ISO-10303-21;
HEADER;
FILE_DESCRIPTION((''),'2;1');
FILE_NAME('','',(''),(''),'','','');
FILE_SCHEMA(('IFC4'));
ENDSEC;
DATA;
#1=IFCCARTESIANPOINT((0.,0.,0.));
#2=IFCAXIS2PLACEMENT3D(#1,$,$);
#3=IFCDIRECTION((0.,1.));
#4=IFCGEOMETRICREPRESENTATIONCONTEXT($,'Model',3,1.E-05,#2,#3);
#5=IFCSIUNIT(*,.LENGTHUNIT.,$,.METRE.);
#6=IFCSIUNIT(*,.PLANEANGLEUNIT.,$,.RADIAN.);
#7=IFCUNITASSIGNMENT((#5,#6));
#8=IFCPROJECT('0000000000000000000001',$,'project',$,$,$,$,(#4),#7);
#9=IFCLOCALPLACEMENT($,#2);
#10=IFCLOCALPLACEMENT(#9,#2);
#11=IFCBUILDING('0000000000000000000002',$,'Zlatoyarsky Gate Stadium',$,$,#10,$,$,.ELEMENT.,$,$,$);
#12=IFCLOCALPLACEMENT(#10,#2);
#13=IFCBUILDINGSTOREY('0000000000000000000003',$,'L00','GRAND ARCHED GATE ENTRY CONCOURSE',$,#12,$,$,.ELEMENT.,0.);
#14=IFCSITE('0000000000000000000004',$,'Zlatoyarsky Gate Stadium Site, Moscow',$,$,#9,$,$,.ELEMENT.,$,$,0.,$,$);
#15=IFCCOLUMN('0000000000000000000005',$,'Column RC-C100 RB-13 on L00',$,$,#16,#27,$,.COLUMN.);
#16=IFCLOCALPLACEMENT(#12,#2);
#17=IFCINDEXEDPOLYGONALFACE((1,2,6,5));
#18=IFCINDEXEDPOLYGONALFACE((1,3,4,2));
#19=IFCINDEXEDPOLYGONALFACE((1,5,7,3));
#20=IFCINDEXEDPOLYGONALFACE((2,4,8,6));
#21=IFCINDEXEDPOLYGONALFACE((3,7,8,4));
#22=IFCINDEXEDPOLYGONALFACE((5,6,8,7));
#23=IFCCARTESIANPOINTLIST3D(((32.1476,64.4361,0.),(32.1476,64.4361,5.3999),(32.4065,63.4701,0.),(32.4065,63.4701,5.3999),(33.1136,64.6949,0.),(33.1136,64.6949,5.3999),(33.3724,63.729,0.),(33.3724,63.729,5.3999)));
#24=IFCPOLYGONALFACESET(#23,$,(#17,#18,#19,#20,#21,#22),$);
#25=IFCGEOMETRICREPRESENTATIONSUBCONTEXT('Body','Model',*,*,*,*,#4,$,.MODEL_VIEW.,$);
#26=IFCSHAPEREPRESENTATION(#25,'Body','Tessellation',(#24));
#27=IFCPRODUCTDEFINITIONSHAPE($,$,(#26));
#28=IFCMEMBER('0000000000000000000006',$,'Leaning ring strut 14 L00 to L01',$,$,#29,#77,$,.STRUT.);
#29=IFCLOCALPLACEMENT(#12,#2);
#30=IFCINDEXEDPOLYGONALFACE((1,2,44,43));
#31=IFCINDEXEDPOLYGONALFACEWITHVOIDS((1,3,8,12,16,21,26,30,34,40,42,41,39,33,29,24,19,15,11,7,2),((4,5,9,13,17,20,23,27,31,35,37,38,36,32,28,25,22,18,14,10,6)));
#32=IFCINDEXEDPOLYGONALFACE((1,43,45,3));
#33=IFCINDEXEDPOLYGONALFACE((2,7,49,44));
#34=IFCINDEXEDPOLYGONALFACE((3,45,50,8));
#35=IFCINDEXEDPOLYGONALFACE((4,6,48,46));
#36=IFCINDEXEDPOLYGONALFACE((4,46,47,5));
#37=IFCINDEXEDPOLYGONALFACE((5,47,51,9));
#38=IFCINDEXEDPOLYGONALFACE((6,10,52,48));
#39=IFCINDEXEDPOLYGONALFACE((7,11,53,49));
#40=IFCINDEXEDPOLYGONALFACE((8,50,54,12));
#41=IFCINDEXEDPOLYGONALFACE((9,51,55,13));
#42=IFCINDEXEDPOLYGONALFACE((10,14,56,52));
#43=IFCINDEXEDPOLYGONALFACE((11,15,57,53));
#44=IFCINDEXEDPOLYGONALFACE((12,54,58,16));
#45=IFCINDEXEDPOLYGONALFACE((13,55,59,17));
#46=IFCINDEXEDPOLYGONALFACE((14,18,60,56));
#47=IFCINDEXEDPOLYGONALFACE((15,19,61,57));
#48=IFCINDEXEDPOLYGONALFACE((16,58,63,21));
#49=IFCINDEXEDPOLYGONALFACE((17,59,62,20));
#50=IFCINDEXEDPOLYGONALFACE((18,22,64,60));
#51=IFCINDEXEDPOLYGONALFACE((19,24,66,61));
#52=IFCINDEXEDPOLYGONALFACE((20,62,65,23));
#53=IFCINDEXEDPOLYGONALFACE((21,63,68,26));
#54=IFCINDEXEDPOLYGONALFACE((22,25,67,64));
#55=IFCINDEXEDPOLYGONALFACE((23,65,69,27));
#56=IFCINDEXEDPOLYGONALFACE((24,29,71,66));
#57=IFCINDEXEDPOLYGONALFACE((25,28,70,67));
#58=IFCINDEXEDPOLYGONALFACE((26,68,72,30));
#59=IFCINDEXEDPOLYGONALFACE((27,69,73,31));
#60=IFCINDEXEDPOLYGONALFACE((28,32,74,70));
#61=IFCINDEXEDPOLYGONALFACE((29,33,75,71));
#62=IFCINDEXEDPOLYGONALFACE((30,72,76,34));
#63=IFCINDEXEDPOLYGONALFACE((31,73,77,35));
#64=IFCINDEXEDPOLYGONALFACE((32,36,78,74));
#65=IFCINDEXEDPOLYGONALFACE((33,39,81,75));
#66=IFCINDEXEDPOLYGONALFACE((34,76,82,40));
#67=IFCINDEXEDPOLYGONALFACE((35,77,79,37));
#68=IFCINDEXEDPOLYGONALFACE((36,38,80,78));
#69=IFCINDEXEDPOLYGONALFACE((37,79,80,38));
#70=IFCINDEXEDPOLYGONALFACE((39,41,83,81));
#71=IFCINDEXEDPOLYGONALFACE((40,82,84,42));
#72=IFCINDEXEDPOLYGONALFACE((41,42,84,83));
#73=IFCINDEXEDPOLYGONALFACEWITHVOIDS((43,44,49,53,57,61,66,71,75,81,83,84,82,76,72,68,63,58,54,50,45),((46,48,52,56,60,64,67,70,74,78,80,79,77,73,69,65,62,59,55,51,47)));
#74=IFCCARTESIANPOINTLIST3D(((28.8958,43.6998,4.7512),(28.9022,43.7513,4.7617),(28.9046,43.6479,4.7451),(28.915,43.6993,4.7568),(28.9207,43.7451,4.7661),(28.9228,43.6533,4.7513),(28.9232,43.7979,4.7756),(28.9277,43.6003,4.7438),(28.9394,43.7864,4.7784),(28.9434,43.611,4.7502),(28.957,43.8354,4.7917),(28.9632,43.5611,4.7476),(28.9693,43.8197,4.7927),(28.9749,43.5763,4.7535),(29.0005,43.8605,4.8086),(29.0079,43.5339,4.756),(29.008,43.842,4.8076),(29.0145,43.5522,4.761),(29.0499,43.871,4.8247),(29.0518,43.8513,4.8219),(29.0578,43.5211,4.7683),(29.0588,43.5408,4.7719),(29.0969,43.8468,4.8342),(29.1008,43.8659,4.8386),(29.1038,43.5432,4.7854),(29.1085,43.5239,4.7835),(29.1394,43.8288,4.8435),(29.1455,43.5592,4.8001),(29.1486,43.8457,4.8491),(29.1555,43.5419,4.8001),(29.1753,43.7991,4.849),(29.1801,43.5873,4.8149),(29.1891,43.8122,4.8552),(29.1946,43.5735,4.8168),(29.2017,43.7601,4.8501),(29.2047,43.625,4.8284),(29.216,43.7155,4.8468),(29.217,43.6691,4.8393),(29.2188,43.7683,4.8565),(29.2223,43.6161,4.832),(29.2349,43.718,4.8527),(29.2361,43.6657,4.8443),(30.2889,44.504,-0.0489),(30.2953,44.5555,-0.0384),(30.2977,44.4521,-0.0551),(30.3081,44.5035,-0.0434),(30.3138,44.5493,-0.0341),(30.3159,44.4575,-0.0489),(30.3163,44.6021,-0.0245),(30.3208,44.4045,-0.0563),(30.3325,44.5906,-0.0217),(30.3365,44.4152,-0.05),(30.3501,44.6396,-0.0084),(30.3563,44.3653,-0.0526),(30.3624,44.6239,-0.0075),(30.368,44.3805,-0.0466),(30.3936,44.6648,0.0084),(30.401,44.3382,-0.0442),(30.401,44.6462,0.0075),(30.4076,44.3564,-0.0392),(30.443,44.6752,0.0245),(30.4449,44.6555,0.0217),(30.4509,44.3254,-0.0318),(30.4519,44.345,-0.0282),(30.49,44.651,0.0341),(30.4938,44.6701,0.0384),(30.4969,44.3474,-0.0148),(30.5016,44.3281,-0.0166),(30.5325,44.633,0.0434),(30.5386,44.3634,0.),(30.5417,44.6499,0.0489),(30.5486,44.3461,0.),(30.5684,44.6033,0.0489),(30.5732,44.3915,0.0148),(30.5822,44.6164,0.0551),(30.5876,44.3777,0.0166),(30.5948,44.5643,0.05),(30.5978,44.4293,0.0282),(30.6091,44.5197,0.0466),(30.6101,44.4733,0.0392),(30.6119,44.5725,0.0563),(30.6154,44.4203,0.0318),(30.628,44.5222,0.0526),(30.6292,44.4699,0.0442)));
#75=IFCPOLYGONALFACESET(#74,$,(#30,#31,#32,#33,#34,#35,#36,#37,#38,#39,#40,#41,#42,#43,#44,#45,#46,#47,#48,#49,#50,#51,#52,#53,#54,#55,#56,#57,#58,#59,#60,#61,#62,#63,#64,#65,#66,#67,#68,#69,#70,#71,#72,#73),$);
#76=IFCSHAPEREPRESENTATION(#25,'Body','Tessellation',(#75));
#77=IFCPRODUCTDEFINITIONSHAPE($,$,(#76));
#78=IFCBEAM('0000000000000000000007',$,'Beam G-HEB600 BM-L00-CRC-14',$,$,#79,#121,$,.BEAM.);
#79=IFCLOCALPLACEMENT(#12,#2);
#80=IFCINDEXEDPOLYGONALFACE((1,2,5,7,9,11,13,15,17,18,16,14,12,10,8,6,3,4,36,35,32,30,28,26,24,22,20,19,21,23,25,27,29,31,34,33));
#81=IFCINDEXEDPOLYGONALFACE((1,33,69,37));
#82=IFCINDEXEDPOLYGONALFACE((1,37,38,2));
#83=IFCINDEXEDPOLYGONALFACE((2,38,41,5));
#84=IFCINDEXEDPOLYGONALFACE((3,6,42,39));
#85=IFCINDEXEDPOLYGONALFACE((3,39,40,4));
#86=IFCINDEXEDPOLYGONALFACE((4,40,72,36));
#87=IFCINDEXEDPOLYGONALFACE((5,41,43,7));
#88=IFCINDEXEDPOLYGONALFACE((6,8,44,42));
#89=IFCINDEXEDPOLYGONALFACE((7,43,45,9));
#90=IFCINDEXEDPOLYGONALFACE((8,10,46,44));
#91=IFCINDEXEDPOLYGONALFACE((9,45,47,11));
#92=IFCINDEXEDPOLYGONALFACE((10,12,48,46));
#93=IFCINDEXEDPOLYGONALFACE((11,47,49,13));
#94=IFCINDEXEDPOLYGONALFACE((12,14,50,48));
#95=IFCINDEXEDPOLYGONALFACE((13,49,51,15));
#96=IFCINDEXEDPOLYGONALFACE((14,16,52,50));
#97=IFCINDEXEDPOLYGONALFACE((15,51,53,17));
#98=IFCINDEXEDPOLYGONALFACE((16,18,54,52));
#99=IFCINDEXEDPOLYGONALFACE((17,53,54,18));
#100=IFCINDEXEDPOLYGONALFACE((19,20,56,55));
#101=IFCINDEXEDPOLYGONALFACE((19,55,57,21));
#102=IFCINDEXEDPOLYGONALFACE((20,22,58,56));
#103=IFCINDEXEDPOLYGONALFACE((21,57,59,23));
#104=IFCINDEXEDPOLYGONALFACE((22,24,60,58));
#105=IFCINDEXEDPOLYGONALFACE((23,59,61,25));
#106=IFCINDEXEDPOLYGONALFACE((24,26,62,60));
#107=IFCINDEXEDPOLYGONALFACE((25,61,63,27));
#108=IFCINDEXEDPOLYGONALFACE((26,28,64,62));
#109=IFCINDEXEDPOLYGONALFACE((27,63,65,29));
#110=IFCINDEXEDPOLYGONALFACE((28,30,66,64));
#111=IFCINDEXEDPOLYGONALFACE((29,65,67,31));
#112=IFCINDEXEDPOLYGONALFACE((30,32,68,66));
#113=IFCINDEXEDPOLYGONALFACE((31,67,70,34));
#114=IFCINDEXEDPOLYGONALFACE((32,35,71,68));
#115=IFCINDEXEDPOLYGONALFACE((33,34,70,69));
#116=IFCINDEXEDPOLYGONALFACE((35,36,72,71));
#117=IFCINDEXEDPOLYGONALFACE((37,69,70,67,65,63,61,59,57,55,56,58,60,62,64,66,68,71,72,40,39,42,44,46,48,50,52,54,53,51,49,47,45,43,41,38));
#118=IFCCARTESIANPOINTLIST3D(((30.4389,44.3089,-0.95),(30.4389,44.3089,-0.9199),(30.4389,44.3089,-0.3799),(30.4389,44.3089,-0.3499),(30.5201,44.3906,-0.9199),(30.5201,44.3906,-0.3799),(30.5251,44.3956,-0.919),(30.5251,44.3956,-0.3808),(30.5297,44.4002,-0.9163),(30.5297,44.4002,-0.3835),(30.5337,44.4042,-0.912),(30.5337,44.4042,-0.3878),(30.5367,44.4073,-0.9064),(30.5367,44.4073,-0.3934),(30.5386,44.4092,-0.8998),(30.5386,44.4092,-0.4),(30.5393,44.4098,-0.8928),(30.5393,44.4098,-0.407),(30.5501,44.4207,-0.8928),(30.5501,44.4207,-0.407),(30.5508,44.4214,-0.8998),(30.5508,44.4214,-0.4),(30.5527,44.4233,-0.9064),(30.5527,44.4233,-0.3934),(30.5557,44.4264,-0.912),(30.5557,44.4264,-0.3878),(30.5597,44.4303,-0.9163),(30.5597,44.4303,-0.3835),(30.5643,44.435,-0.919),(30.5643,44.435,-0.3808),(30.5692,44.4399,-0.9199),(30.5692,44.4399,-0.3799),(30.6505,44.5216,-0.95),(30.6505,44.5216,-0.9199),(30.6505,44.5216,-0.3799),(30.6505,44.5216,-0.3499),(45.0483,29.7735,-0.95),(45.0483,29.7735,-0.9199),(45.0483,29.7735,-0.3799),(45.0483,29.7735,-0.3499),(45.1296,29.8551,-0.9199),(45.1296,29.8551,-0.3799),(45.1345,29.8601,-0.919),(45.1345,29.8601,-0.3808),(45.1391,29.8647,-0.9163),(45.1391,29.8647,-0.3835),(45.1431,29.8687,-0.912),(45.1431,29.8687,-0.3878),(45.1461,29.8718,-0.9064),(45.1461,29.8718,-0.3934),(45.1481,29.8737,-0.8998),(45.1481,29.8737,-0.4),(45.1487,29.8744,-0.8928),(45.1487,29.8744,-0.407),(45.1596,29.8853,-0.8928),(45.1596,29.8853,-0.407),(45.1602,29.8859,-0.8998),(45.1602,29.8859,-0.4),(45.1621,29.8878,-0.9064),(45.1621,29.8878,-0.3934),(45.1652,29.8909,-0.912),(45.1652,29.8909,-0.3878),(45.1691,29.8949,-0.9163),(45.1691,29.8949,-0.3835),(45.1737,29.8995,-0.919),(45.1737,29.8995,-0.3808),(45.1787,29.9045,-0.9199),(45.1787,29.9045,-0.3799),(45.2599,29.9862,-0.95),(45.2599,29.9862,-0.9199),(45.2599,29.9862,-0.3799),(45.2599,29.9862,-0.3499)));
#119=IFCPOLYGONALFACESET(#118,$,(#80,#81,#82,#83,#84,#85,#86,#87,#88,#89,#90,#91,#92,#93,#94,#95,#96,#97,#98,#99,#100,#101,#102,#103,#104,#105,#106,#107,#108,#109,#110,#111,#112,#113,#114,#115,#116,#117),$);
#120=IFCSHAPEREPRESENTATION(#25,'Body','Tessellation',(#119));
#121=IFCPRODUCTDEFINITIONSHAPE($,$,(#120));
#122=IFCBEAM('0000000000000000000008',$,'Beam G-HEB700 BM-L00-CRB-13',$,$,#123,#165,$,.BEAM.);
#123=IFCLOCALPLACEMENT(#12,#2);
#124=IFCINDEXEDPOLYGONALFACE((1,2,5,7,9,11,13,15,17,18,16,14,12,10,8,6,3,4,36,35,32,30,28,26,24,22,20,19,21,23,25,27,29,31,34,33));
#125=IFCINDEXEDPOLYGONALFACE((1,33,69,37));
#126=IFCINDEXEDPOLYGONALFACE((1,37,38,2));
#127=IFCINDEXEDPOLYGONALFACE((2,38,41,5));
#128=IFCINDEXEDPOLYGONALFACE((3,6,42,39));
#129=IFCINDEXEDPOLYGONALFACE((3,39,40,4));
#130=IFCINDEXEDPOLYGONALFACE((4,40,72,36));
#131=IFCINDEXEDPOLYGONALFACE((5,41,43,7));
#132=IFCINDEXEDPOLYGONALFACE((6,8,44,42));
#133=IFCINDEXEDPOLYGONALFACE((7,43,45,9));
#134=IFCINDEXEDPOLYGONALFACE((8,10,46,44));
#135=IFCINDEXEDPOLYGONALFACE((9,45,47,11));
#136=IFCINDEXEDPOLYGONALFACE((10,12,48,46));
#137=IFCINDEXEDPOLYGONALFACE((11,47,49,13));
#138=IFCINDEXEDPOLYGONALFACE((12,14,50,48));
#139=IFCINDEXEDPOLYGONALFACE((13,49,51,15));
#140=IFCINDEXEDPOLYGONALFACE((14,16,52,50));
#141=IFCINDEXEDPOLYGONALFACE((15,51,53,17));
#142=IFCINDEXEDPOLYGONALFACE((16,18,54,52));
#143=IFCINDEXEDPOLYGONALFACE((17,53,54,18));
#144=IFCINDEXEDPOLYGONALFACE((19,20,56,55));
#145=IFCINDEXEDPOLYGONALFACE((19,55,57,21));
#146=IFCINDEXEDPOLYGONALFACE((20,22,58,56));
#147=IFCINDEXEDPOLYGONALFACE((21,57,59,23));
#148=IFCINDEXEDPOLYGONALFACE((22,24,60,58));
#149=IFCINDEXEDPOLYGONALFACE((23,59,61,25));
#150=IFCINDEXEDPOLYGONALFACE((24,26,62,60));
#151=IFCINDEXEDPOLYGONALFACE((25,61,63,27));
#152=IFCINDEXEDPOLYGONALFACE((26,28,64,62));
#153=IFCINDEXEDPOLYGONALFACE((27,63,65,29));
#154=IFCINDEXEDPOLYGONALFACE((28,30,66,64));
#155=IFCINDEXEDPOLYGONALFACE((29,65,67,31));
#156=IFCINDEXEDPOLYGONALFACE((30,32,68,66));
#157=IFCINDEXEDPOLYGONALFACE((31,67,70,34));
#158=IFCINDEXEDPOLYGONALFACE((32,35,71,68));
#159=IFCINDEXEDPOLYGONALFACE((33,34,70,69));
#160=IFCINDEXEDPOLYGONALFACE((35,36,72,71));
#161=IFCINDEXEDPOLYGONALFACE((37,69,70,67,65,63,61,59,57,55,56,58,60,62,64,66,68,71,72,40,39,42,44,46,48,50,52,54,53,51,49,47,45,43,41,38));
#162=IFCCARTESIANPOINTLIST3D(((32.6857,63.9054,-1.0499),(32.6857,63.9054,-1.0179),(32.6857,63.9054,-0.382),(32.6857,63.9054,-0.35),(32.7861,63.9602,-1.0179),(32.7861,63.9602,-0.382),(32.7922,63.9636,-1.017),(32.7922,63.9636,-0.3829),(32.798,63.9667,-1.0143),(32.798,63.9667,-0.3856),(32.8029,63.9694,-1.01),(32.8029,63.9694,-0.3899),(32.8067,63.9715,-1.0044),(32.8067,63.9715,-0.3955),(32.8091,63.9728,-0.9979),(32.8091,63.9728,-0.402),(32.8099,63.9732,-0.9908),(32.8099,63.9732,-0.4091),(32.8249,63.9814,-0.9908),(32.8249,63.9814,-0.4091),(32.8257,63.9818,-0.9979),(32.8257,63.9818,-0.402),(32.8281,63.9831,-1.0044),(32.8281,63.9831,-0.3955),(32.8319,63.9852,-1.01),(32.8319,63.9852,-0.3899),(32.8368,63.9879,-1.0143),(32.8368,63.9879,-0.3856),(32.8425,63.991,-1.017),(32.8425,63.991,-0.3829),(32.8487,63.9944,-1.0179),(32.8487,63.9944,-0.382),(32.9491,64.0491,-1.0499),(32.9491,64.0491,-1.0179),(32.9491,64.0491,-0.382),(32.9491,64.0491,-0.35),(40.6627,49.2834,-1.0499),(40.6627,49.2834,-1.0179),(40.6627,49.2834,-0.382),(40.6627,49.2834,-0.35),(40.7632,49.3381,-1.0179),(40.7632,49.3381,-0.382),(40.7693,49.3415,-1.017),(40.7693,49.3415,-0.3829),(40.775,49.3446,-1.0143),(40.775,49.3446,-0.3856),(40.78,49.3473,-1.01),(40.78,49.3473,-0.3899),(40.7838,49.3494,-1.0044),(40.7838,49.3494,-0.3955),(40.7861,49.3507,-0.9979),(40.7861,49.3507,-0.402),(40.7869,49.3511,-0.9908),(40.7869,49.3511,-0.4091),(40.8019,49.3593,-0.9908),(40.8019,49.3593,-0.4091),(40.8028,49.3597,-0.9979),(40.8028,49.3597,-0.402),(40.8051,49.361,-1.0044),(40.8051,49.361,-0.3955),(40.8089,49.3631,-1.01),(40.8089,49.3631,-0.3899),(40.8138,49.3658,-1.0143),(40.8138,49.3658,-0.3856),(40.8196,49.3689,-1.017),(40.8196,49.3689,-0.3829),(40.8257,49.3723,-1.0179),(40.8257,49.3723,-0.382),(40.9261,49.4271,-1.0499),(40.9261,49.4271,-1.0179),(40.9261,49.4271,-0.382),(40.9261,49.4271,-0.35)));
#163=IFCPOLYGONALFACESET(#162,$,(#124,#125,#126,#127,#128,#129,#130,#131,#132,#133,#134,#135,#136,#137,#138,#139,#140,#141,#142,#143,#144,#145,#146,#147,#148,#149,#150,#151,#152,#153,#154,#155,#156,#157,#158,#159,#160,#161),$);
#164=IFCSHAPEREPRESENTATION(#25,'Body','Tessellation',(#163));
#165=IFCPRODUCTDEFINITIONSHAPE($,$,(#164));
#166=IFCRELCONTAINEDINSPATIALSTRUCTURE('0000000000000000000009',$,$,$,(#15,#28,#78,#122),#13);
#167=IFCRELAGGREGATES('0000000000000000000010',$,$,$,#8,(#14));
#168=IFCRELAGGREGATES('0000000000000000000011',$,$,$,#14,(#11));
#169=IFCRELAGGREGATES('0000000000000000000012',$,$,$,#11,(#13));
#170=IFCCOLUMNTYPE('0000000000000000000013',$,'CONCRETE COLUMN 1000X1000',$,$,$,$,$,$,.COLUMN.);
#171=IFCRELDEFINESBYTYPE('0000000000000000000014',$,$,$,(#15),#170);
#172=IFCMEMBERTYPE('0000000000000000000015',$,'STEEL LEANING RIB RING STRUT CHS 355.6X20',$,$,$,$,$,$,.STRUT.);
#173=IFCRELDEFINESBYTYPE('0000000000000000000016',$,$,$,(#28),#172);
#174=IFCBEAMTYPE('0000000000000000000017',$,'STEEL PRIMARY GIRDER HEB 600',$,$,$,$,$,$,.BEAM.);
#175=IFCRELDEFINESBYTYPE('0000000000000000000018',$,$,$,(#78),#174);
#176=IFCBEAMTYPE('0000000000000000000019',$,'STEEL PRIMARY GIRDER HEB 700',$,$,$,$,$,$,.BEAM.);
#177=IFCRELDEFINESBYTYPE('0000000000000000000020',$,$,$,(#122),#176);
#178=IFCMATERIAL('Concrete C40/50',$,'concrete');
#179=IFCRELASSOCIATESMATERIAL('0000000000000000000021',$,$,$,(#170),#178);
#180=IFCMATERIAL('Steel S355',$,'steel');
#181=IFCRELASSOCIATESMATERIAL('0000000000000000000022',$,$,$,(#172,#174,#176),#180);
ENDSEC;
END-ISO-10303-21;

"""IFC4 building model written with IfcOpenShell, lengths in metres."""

from ifc_helpers import new_model, si_unit, direction, frame, origin, origin_2d, place, context, subcontext, project, spatial, rectangle, hollow_circle, i_section, extrude, material, material_profile, profile_set, type_object, element, save


model = new_model("IFC4")

# Units and contexts
model_context = context("Model", 3, precision=1e-05, world=origin(), true_north=direction((0.0, 1.0)))
body_context = subcontext(model_context, "Body", "Model", "MODEL_VIEW")
ifc_project = project(units=[si_unit("LENGTHUNIT", "METRE"), si_unit("PLANEANGLEUNIT", "RADIAN")], contexts=[model_context])

# Site, building, storey
site_placement = place(None, origin())
site = spatial("IfcSite", under=ifc_project, at=site_placement, Name="Zlatoyarsky Gate Stadium Site, Moscow", CompositionType="ELEMENT", RefElevation=0.0)
building_placement = place(site_placement, origin())
building = spatial("IfcBuilding", under=site, at=building_placement, Name="Zlatoyarsky Gate Stadium", CompositionType="ELEMENT")
storey_placement = place(building_placement, origin())
storey = spatial("IfcBuildingStorey", under=building, at=storey_placement, Name="L00", Description="GRAND ARCHED GATE ENTRY CONCOURSE", CompositionType="ELEMENT", Elevation=0.0)

# Column
ifc_material_1 = material(Name="Concrete C40/50", Category="concrete")
ifc_material_profile_1 = material_profile(ifc_material_1, rectangle(XDim=1.0, YDim=1.0, at=origin_2d()), Name="RC COL 1000X1000")
ifc_profile_set_1 = profile_set([ifc_material_profile_1], Name="Concrete C40/50")
column_type_1 = type_object("IfcColumnType", Name="CONCRETE COLUMN 1000X1000", PredefinedType="COLUMN", material=ifc_profile_set_1)
column_1_placement = place(storey_placement, frame((32.76, 64.0825, 0.0), z_axis=(0.0, 0.0, 1.0), x_axis=(-0.965926, -0.258819, 0.0)))
element("IfcColumn", 1, at=column_1_placement, inside=storey, type_object=column_type_1, Name="Column RC-C100 RB-13 on L00", PredefinedType="COLUMN", context=body_context, shape_type="SweptSolid", body=[
    extrude(rectangle(XDim=1.0, YDim=1.0, at=origin_2d()), origin(), (0.0, 0.0, 1.0), 5.3999),
])

# Member
ifc_material_2 = material(Name="Steel S355", Category="steel")
ifc_material_profile_2 = material_profile(ifc_material_2, hollow_circle(Radius=0.1777, WallThickness=0.02, at=origin_2d()), Name="CHS 355.6X20")
ifc_profile_set_2 = profile_set([ifc_material_profile_2], Name="Steel S355")
member_type = type_object("IfcMemberType", Name="STEEL LEANING RIB RING STRUT CHS 355.6X20", PredefinedType="STRUT", material=ifc_profile_set_2)
member_placement = place(storey_placement, frame((30.4597, 44.5, 0.0), z_axis=(-0.275179, -0.158857, 0.948178), x_axis=(0.499959, -0.866049, 0.0)))
element("IfcMember", 2, at=member_placement, inside=storey, type_object=member_type, Name="Leaning ring strut 14 L00 to L01", PredefinedType="STRUT", context=body_context, shape_type="SweptSolid", body=[
    extrude(hollow_circle(Radius=0.1777, WallThickness=0.02, at=origin_2d()), origin(), (0.0, 0.0, 1.0), 5.0625),
])

# Beams
ifc_material_profile_3 = material_profile(ifc_material_2, i_section(OverallWidth=0.3, OverallDepth=0.6001, WebThickness=0.0154, FlangeThickness=0.03, FilletRadius=0.0271, at=origin_2d()), Name="HEB 600")
ifc_profile_set_3 = profile_set([ifc_material_profile_3], Name="Steel S355")
beam_type_1 = type_object("IfcBeamType", Name="STEEL PRIMARY GIRDER HEB 600", PredefinedType="BEAM", material=ifc_profile_set_3)
beam_1_placement = place(storey_placement, frame((30.5447, 44.4153, -0.6499), z_axis=(0.708899, -0.70531, 0.0), x_axis=(0.70531, 0.708899, 0.0)))
element("IfcBeam", 3, at=beam_1_placement, inside=storey, type_object=beam_type_1, Name="Beam G-HEB600 BM-L00-CRC-14", PredefinedType="BEAM", context=body_context, shape_type="SweptSolid", body=[
    extrude(i_section(OverallWidth=0.3, OverallDepth=0.6001, WebThickness=0.0154, FlangeThickness=0.03, FilletRadius=0.0271, at=origin_2d()), origin(), (0.0, 0.0, 1.0), 20.6086),
])
ifc_material_profile_4 = material_profile(ifc_material_2, i_section(OverallWidth=0.3, OverallDepth=0.7, WebThickness=0.0171, FlangeThickness=0.032, FilletRadius=0.0271, at=origin_2d()), Name="HEB 700")
ifc_profile_set_4 = profile_set([ifc_material_profile_4], Name="Steel S355")
beam_type_2 = type_object("IfcBeamType", Name="STEEL PRIMARY GIRDER HEB 700", PredefinedType="BEAM", material=ifc_profile_set_4)
beam_2_placement = place(storey_placement, frame((32.8174, 63.9773, -0.7), z_axis=(0.478916, -0.877861, 0.0), x_axis=(0.877861, 0.478916, 0.0)))
element("IfcBeam", 4, at=beam_2_placement, inside=storey, type_object=beam_type_2, Name="Beam G-HEB700 BM-L00-CRB-13", PredefinedType="BEAM", context=body_context, shape_type="SweptSolid", body=[
    extrude(i_section(OverallWidth=0.3, OverallDepth=0.7, WebThickness=0.0171, FlangeThickness=0.032, FilletRadius=0.0271, at=origin_2d()), origin(), (0.0, 0.0, 1.0), 16.6565),
])

save(model, "model.ifc")
